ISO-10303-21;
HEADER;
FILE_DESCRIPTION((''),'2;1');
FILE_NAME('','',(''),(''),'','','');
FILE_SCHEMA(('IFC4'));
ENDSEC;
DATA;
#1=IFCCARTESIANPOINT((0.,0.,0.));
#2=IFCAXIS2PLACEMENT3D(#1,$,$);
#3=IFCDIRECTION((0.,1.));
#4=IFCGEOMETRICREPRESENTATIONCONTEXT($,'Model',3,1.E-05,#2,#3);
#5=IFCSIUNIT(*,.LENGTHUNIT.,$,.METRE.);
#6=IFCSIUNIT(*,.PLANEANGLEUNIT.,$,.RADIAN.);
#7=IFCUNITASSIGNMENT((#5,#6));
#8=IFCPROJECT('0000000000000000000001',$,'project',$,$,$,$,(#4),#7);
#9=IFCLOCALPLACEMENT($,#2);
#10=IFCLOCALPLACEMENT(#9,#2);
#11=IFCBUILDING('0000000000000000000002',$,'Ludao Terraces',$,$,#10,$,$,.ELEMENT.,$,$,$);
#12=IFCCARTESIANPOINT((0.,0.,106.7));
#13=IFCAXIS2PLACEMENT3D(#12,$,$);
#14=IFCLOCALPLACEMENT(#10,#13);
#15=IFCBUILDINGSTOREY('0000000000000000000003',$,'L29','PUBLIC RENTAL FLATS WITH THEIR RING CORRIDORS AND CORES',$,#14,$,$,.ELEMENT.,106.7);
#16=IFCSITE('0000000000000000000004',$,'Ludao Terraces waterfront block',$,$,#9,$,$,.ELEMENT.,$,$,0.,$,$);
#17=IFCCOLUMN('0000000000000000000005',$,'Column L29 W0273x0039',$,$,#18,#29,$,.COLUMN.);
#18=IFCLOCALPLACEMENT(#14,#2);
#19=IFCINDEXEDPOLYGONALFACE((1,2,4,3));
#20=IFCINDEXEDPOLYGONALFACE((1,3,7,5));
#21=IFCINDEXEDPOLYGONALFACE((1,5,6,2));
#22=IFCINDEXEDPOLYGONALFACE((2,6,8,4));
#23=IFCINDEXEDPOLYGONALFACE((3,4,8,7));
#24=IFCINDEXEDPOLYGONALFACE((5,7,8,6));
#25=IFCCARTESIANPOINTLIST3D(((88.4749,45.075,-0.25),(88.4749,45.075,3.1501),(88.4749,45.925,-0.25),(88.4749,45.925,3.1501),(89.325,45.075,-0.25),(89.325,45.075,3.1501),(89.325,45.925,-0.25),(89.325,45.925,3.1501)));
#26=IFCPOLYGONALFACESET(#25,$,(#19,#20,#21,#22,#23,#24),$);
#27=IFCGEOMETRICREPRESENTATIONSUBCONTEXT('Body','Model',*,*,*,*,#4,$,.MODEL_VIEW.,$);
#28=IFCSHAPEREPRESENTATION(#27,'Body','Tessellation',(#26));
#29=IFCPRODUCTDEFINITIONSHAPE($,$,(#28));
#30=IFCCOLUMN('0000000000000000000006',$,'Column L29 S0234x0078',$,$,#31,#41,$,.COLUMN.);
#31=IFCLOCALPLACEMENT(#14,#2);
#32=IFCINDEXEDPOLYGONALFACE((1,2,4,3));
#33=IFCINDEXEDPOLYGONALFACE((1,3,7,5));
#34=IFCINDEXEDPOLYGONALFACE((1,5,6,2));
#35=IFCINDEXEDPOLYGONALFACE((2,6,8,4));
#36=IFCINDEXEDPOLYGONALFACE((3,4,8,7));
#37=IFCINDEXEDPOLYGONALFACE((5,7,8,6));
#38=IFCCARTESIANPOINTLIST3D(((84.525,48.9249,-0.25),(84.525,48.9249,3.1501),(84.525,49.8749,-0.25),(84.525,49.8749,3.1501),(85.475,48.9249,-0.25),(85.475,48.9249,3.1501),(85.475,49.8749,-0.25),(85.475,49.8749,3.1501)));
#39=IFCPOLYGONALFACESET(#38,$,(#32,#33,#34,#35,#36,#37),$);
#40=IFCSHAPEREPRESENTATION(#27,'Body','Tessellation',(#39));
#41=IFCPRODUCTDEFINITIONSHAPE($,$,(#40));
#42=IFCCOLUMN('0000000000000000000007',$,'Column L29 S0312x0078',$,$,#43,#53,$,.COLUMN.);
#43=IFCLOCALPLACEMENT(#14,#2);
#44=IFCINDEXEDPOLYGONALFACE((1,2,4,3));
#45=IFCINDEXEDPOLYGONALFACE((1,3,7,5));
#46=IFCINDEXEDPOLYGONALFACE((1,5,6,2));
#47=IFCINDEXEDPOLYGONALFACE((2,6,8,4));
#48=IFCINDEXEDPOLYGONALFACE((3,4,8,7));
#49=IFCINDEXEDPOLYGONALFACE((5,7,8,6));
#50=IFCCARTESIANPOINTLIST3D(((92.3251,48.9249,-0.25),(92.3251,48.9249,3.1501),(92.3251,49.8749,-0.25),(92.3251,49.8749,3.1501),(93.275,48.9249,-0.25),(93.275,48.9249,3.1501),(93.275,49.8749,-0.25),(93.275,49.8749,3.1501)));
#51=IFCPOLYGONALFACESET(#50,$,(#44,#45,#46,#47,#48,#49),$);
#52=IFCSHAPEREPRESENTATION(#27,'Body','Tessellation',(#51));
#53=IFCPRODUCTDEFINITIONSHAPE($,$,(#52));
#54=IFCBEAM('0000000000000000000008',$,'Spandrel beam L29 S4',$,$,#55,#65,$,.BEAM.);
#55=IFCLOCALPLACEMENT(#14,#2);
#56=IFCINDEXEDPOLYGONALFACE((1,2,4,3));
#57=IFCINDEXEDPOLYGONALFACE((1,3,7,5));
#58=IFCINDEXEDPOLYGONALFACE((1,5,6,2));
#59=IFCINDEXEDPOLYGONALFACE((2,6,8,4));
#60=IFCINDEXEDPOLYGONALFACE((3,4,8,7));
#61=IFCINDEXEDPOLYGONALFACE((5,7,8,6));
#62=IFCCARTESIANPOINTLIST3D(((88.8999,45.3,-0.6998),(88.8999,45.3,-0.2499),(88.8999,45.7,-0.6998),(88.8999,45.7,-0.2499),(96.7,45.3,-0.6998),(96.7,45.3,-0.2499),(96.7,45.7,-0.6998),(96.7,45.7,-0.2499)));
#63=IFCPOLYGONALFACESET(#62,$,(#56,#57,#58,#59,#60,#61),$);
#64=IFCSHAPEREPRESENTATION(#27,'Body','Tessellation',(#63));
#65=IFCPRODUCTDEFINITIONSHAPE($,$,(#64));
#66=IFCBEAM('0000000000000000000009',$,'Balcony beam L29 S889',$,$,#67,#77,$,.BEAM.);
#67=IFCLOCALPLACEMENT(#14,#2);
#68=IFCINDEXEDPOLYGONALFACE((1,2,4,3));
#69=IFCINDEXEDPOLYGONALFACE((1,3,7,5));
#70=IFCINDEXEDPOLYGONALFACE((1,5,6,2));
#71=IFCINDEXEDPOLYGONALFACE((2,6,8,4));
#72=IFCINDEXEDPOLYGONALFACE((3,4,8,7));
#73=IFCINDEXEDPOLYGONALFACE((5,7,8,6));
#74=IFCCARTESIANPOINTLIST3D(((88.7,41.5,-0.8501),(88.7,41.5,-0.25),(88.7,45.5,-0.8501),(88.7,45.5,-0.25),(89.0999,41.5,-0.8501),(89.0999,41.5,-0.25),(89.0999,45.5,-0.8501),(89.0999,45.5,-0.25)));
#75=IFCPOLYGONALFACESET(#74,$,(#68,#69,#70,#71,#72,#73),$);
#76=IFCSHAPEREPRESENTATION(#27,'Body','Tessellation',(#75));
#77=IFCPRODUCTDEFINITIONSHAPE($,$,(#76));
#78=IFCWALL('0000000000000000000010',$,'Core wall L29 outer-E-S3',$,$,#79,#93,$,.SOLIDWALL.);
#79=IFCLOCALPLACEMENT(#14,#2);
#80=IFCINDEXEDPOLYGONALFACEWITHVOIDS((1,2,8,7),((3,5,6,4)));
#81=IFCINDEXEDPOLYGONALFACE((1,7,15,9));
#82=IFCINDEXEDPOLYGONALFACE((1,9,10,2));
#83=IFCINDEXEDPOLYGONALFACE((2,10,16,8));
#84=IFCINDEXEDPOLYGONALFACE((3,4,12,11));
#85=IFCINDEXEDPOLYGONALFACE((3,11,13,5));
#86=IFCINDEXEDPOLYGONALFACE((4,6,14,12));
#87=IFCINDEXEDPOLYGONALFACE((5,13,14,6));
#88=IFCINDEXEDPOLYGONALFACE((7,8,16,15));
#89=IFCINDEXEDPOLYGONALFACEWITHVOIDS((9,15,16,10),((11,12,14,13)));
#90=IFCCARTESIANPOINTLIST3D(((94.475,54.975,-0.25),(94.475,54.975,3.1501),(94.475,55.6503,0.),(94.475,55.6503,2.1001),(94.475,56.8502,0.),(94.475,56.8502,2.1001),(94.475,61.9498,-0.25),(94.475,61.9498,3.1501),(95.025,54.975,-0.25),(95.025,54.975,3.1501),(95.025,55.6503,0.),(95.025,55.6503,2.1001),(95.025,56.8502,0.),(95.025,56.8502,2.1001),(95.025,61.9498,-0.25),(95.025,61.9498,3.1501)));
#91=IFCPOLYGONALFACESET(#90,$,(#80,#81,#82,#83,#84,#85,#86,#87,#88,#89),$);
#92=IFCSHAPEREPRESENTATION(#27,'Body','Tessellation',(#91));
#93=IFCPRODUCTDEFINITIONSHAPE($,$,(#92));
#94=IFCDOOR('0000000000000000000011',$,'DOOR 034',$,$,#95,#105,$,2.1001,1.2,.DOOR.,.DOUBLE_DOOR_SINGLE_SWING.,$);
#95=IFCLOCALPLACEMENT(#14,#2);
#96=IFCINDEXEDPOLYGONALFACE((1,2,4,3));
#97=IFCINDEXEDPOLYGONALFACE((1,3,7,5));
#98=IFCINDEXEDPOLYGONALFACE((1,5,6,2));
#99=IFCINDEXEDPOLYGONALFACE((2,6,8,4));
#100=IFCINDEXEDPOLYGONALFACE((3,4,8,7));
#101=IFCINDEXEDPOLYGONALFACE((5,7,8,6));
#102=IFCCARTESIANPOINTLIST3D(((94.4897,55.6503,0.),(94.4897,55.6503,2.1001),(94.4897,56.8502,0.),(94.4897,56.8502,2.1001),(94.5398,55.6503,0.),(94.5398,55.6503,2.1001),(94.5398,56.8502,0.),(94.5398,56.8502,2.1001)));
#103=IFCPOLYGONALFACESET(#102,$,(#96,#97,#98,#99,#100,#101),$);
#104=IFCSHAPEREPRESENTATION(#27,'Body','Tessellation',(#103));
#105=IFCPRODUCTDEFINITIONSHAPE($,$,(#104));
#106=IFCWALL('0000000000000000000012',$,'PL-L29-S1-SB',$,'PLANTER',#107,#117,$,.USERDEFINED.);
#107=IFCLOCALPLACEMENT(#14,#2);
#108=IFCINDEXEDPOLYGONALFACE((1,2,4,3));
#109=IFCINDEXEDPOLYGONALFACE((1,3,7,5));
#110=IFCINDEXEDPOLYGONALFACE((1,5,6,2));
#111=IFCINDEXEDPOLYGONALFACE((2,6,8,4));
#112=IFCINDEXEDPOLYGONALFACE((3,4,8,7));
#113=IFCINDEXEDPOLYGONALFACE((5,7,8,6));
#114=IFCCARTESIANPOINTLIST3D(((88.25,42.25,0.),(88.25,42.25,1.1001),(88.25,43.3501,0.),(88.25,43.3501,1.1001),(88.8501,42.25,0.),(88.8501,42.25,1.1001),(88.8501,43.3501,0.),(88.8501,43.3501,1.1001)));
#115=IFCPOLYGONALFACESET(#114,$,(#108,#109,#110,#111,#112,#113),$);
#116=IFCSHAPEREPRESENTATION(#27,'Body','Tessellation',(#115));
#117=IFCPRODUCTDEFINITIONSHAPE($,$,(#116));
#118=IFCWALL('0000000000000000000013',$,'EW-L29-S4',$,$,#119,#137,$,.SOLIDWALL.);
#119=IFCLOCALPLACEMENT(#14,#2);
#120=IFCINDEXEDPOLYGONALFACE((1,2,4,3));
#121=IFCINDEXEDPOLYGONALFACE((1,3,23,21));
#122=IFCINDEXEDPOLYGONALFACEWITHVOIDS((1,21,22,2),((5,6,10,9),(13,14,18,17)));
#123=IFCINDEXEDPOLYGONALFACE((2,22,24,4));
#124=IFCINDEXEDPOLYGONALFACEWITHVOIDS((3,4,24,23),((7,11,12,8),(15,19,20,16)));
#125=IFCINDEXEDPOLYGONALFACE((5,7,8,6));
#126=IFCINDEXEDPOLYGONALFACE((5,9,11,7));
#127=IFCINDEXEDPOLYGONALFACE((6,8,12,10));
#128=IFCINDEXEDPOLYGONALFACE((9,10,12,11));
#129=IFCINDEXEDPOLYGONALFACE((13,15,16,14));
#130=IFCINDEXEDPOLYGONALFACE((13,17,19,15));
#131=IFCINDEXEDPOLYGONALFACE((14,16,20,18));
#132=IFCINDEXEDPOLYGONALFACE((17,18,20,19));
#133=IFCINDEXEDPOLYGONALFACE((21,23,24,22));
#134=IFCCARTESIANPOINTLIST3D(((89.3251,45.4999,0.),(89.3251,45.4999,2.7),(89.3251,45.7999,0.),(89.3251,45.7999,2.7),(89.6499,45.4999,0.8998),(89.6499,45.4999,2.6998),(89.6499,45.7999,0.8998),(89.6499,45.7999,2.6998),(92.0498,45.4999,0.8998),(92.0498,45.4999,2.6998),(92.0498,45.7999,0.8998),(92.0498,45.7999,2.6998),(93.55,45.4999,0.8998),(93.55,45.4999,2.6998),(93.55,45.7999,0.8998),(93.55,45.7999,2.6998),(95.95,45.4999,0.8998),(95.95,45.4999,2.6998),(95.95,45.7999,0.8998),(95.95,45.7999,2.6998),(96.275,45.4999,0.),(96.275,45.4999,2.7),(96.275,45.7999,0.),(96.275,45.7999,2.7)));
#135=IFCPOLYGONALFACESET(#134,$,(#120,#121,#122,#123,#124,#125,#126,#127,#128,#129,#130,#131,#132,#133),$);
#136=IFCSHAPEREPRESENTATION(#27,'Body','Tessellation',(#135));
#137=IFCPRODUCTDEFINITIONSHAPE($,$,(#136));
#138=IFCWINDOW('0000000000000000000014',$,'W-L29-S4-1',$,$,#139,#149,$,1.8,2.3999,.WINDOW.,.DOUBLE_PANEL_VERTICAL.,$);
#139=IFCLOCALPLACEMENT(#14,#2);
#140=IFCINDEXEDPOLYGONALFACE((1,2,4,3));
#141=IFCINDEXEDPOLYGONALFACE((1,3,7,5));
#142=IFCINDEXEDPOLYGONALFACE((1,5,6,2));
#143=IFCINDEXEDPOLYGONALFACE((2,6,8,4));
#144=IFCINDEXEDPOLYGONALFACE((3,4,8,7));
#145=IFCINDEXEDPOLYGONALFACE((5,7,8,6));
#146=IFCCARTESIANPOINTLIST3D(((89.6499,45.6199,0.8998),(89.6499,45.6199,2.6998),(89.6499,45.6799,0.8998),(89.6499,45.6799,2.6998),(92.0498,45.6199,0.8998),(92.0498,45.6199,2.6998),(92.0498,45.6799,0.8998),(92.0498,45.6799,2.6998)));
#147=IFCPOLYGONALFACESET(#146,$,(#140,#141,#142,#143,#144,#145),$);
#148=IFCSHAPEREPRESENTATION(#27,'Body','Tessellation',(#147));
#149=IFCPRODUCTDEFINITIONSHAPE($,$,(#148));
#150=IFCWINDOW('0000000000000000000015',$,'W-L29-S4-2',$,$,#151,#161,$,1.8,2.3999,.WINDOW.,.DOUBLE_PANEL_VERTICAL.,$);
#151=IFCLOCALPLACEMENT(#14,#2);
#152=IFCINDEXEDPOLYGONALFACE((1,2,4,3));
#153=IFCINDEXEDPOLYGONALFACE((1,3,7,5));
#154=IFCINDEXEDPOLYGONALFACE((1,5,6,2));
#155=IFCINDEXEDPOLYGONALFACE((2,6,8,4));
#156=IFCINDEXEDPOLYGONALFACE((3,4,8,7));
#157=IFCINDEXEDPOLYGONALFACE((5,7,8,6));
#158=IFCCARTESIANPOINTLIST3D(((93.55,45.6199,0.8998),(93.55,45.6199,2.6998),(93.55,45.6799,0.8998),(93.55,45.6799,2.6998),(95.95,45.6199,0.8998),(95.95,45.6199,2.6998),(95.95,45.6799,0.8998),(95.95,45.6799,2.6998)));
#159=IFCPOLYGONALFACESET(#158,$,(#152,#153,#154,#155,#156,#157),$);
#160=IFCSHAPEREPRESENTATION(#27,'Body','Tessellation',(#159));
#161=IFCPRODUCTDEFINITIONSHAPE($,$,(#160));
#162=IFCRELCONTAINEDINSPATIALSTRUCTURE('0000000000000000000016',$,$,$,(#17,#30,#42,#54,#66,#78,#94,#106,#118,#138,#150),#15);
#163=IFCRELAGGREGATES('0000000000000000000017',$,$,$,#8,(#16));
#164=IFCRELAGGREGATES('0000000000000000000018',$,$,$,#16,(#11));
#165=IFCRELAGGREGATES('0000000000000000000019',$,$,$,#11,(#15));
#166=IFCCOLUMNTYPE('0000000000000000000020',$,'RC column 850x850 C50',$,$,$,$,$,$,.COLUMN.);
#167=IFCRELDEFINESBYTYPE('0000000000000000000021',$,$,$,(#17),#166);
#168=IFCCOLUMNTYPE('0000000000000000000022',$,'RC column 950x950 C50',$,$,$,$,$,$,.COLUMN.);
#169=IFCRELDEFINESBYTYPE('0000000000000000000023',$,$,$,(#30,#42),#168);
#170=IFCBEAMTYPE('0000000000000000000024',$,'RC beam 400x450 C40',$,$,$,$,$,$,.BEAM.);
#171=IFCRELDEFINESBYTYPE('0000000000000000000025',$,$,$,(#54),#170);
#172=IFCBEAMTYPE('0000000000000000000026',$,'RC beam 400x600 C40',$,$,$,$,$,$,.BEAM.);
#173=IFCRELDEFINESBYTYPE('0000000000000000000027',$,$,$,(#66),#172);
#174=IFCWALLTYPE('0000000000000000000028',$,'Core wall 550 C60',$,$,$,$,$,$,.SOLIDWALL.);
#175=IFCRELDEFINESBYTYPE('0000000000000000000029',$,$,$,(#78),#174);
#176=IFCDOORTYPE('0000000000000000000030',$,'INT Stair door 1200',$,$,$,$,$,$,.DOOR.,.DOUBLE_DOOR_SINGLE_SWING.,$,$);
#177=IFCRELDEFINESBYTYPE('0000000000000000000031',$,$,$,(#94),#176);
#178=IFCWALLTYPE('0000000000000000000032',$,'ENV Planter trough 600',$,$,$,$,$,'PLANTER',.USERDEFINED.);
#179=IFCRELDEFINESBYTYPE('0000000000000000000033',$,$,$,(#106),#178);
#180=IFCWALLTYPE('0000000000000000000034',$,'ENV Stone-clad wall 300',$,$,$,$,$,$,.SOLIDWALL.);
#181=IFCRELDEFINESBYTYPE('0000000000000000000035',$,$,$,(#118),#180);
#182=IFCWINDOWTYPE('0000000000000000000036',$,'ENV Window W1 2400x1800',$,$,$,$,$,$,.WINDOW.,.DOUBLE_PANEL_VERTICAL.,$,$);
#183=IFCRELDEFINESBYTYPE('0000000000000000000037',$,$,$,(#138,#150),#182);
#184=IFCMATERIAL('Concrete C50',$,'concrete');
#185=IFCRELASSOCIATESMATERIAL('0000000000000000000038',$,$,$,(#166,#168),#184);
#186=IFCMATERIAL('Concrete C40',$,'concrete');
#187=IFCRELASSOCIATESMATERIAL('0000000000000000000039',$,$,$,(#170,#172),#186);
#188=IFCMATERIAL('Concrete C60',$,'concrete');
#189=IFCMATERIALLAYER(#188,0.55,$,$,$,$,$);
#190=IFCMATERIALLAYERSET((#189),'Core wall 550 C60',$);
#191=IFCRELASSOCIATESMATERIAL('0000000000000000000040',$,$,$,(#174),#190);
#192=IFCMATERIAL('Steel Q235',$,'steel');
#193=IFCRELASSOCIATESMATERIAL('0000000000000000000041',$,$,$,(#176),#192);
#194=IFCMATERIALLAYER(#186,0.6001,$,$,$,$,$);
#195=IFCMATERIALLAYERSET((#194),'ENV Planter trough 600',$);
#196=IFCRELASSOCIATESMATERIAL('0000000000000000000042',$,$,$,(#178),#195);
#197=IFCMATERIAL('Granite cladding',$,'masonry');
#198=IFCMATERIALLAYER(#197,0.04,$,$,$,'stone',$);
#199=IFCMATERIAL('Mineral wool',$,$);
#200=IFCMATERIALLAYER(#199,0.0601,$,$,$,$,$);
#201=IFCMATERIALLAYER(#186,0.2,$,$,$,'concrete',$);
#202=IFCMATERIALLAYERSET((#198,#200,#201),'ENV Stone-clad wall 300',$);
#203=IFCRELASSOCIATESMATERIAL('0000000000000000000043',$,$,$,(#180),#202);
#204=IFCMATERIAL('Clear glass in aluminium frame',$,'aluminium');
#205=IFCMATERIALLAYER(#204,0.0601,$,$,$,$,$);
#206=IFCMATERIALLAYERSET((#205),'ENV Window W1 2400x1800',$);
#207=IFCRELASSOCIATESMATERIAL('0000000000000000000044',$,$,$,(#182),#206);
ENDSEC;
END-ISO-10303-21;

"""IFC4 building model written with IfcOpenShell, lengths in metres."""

from ifc_helpers import new_model, si_unit, direction, frame, frame_2d, origin, origin_2d, place, context, subcontext, project, spatial, rectangle, extrude, material, layer, layer_set, material_profile, profile_set, type_object, element, fill, save


model = new_model("IFC4")

# Units and contexts
model_context = context("Model", 3, precision=1e-05, world=origin(), true_north=direction((0.0, 1.0)))
body_context = subcontext(model_context, "Body", "Model", "MODEL_VIEW")
ifc_project = project(units=[si_unit("LENGTHUNIT", "METRE"), si_unit("PLANEANGLEUNIT", "RADIAN")], contexts=[model_context])

# Site, building, storey
site_placement = place(None, origin())
site = spatial("IfcSite", under=ifc_project, at=site_placement, Name="Ludao Terraces waterfront block", CompositionType="ELEMENT", RefElevation=0.0)
building_placement = place(site_placement, origin())
building = spatial("IfcBuilding", under=site, at=building_placement, Name="Ludao Terraces", CompositionType="ELEMENT")
storey_placement = place(building_placement, frame((0.0, 0.0, 106.7)))
storey = spatial("IfcBuildingStorey", under=building, at=storey_placement, Name="L29", Description="PUBLIC RENTAL FLATS WITH THEIR RING CORRIDORS AND CORES", CompositionType="ELEMENT", Elevation=106.7)

# Columns
ifc_material_1 = material(Name="Concrete C50", Category="concrete")
ifc_material_profile_1 = material_profile(ifc_material_1, rectangle(XDim=0.8501, YDim=0.8501, at=origin_2d()), Name="850 X 850")
ifc_profile_set_1 = profile_set([ifc_material_profile_1], Name="Concrete C50")
column_type_1 = type_object("IfcColumnType", Name="RC column 850x850 C50", PredefinedType="COLUMN", material=ifc_profile_set_1)
column_placement = place(storey_placement, frame((88.8999, 45.5, -0.25), z_axis=(0.0, 0.0, 1.0), x_axis=(1.0, 0.0, 0.0)))
element("IfcColumn", 1, at=column_placement, inside=storey, type_object=column_type_1, Name="Column L29 W0273x0039", PredefinedType="COLUMN", context=body_context, shape_type="SweptSolid", body=[
    extrude(rectangle(XDim=0.8501, YDim=0.8501, at=origin_2d()), origin(), (0.0, 0.0, 1.0), 3.4001),
])
ifc_material_profile_2 = material_profile(ifc_material_1, rectangle(XDim=0.95, YDim=0.95, at=origin_2d()), Name="950 X 950")
ifc_profile_set_2 = profile_set([ifc_material_profile_2], Name="Concrete C50")
column_type_2 = type_object("IfcColumnType", Name="RC column 950x950 C50", PredefinedType="COLUMN", material=ifc_profile_set_2)
for number, where, z_axis, x_axis, name in (
    (2, (85.0, 49.3999, -0.25), (0.0, 0.0, 1.0), (1.0, 0.0, 0.0), "Column L29 S0234x0078"),
    (3, (92.8, 49.3999, -0.25), (0.0, 0.0, 1.0), (1.0, 0.0, 0.0), "Column L29 S0312x0078"),
):
    element("IfcColumn", number, at=place(storey_placement, frame(where, z_axis=z_axis, x_axis=x_axis)), inside=storey, type_object=column_type_2, Name=name, PredefinedType="COLUMN", context=body_context, shape_type="SweptSolid", body=[
        extrude(rectangle(XDim=0.95, YDim=0.95, at=origin_2d()), origin(), (0.0, 0.0, 1.0), 3.4001),
    ])

# Beams
ifc_material_2 = material(Name="Concrete C40", Category="concrete")
ifc_material_profile_3 = material_profile(ifc_material_2, rectangle(XDim=0.3999, YDim=0.45, at=origin_2d()), Name="400 X 450")
ifc_profile_set_3 = profile_set([ifc_material_profile_3], Name="Concrete C40")
beam_type_1 = type_object("IfcBeamType", Name="RC beam 400x450 C40", PredefinedType="BEAM", material=ifc_profile_set_3)
beam_1_placement = place(storey_placement, frame((88.8999, 45.5, -0.4749), z_axis=(1.0, 0.0, 0.0), x_axis=(0.0, 1.0, 0.0)))
element("IfcBeam", 4, at=beam_1_placement, inside=storey, type_object=beam_type_1, Name="Spandrel beam L29 S4", PredefinedType="BEAM", context=body_context, shape_type="SweptSolid", body=[
    extrude(rectangle(XDim=0.3999, YDim=0.45, at=origin_2d()), origin(), (0.0, 0.0, 1.0), 7.8),
])
ifc_material_profile_4 = material_profile(ifc_material_2, rectangle(XDim=0.3999, YDim=0.6001, at=origin_2d()), Name="400 X 600")
ifc_profile_set_4 = profile_set([ifc_material_profile_4], Name="Concrete C40")
beam_type_2 = type_object("IfcBeamType", Name="RC beam 400x600 C40", PredefinedType="BEAM", material=ifc_profile_set_4)
beam_2_placement = place(storey_placement, frame((88.8999, 45.5, -0.55), z_axis=(0.0, -1.0, 0.0), x_axis=(1.0, 0.0, 0.0)))
element("IfcBeam", 5, at=beam_2_placement, inside=storey, type_object=beam_type_2, Name="Balcony beam L29 S889", PredefinedType="BEAM", context=body_context, shape_type="SweptSolid", body=[
    extrude(rectangle(XDim=0.3999, YDim=0.6001, at=origin_2d()), origin(), (0.0, 0.0, 1.0), 4.0),
])

# Wall, opening, door
ifc_material_3 = material(Name="Concrete C60", Category="concrete")
ifc_layer_1 = layer(ifc_material_3, 0.55)
ifc_layer_set_1 = layer_set([ifc_layer_1], Name="Core wall 550 C60")
wall_type_1 = type_object("IfcWallType", Name="Core wall 550 C60", PredefinedType="SOLIDWALL", material=ifc_layer_set_1)
wall_1_placement = place(storey_placement, frame((94.75, 54.9751, -0.25), z_axis=(0.0, 0.0, 1.0), x_axis=(0.0, 1.0, 0.0)))
wall_1 = element("IfcWall", 6, at=wall_1_placement, inside=storey, type_object=wall_type_1, Name="Core wall L29 outer-E-S3", PredefinedType="SOLIDWALL", context=body_context, shape_type="SweptSolid", body=[
    extrude(rectangle(XDim=6.9749, YDim=0.55, at=frame_2d((3.4873, 0.0))), origin(), (0.0, 0.0, 1.0), 3.4001),
])
opening_1_placement = place(wall_1_placement, frame((0.675, 0.0, 0.25)))
opening_1 = element("IfcOpeningElement", 7, at=opening_1_placement, cuts=wall_1, PredefinedType="OPENING", context=body_context, shape_type="SweptSolid", body=[
    extrude(rectangle(XDim=1.2, YDim=2.1001, at=frame_2d((0.6001, 1.05))), frame((0.0, 0.2852, 0.0), z_axis=(0.0, -1.0, 0.0), x_axis=(1.0, 0.0, 0.0)), (0.0, 0.0, 1.0), 0.5701),
])
ifc_material_4 = material(Name="Steel Q235", Category="steel")
door_type_1 = type_object("IfcDoorType", Name="INT Stair door 1200", OperationType="DOUBLE_DOOR_SINGLE_SWING", PredefinedType="DOOR", material=ifc_material_4)
door_1_placement = place(opening_1_placement, origin())
door_1 = element("IfcDoor", 8, at=door_1_placement, inside=storey, type_object=door_type_1, Name="DOOR 034", OperationType="DOUBLE_DOOR_SINGLE_SWING", OverallHeight=2.1001, OverallWidth=1.2, PredefinedType="DOOR", context=body_context, shape_type="SweptSolid", body=[
    extrude(rectangle(XDim=1.2, YDim=2.1001, at=frame_2d((0.6001, 1.05))), frame((0.0, 0.2603, 0.0), z_axis=(0.0, -1.0, 0.0), x_axis=(1.0, 0.0, 0.0)), (0.0, 0.0, 1.0), 0.05),
])
fill(opening_1, door_1)

# Wall
ifc_layer_2 = layer(ifc_material_2, 0.6001)
ifc_layer_set_2 = layer_set([ifc_layer_2], Name="ENV Planter trough 600")
wall_type_2 = type_object("IfcWallType", Name="ENV Planter trough 600", ElementType="PLANTER", PredefinedType="USERDEFINED", material=ifc_layer_set_2)
wall_2_placement = place(storey_placement, frame((88.55, 42.25, 0.0), z_axis=(0.0, 0.0, 1.0), x_axis=(0.0, 1.0, 0.0)))
element("IfcWall", 9, at=wall_2_placement, inside=storey, type_object=wall_type_2, Name="PL-L29-S1-SB", ObjectType="PLANTER", PredefinedType="USERDEFINED", context=body_context, shape_type="SweptSolid", body=[
    extrude(rectangle(XDim=1.1001, YDim=0.6001, at=frame_2d((0.55, 0.0))), origin(), (0.0, 0.0, 1.0), 1.1001),
])

# Wall, openings, windows
ifc_material_5 = material(Name="Granite cladding", Category="masonry")
ifc_layer_3 = layer(ifc_material_5, 0.04, Category="stone")
ifc_material_6 = material(Name="Mineral wool")
ifc_layer_4 = layer(ifc_material_6, 0.0601)
ifc_layer_5 = layer(ifc_material_2, 0.2, Category="concrete")
ifc_layer_set_3 = layer_set([ifc_layer_3, ifc_layer_4, ifc_layer_5], Name="ENV Stone-clad wall 300")
wall_type_3 = type_object("IfcWallType", Name="ENV Stone-clad wall 300", PredefinedType="SOLIDWALL", material=ifc_layer_set_3)
wall_3_placement = place(storey_placement, frame((89.325, 45.6499, 0.0), z_axis=(0.0, 0.0, 1.0), x_axis=(1.0, 0.0, 0.0)))
wall_3 = element("IfcWall", 10, at=wall_3_placement, inside=storey, type_object=wall_type_3, Name="EW-L29-S4", PredefinedType="SOLIDWALL", context=body_context, shape_type="SweptSolid", body=[
    extrude(rectangle(XDim=6.95, YDim=0.3, at=frame_2d((3.4751, 0.0))), origin(), (0.0, 0.0, 1.0), 2.7),
])
opening_2_placement = place(wall_3_placement, frame((0.325, 0.0, 0.8999)))
opening_2 = element("IfcOpeningElement", 11, at=opening_2_placement, cuts=wall_3, PredefinedType="OPENING", context=body_context, shape_type="SweptSolid", body=[
    extrude(rectangle(XDim=2.3999, YDim=1.8, at=frame_2d((1.2, 0.8999))), frame((0.0, 0.1602, 0.0), z_axis=(0.0, -1.0, 0.0), x_axis=(1.0, 0.0, 0.0)), (0.0, 0.0, 1.0), 0.3201),
])
opening_3_placement = place(wall_3_placement, frame((4.2251, 0.0, 0.8999)))
opening_3 = element("IfcOpeningElement", 12, at=opening_3_placement, cuts=wall_3, PredefinedType="OPENING", context=body_context, shape_type="SweptSolid", body=[
    extrude(rectangle(XDim=2.3999, YDim=1.8, at=frame_2d((1.2, 0.8999))), frame((0.0, 0.1602, 0.0), z_axis=(0.0, -1.0, 0.0), x_axis=(1.0, 0.0, 0.0)), (0.0, 0.0, 1.0), 0.3201),
])
ifc_material_7 = material(Name="Clear glass in aluminium frame", Category="aluminium")
ifc_layer_6 = layer(ifc_material_7, 0.0601)
ifc_layer_set_4 = layer_set([ifc_layer_6], Name="ENV Window W1 2400x1800")
window_type = type_object("IfcWindowType", Name="ENV Window W1 2400x1800", PartitioningType="DOUBLE_PANEL_VERTICAL", PredefinedType="WINDOW", material=ifc_layer_set_4)
window_1_placement = place(opening_2_placement, origin())
window_1 = element("IfcWindow", 13, at=window_1_placement, inside=storey, type_object=window_type, Name="W-L29-S4-1", OverallHeight=1.8, OverallWidth=2.3999, PartitioningType="DOUBLE_PANEL_VERTICAL", PredefinedType="WINDOW", context=body_context, shape_type="SweptSolid", body=[
    extrude(rectangle(XDim=2.3999, YDim=1.8, at=frame_2d((1.2, 0.8999))), frame((0.0, 0.03, 0.0), z_axis=(0.0, -1.0, 0.0), x_axis=(1.0, 0.0, 0.0)), (0.0, 0.0, 1.0), 0.0601),
])
fill(opening_2, window_1)
window_2_placement = place(opening_3_placement, origin())
window_2 = element("IfcWindow", 14, at=window_2_placement, inside=storey, type_object=window_type, Name="W-L29-S4-2", OverallHeight=1.8, OverallWidth=2.3999, PartitioningType="DOUBLE_PANEL_VERTICAL", PredefinedType="WINDOW", context=body_context, shape_type="SweptSolid", body=[
    extrude(rectangle(XDim=2.3999, YDim=1.8, at=frame_2d((1.2, 0.8999))), frame((0.0, 0.03, 0.0), z_axis=(0.0, -1.0, 0.0), x_axis=(1.0, 0.0, 0.0)), (0.0, 0.0, 1.0), 0.0601),
])
fill(opening_3, window_2)

save(model, "model.ifc")
